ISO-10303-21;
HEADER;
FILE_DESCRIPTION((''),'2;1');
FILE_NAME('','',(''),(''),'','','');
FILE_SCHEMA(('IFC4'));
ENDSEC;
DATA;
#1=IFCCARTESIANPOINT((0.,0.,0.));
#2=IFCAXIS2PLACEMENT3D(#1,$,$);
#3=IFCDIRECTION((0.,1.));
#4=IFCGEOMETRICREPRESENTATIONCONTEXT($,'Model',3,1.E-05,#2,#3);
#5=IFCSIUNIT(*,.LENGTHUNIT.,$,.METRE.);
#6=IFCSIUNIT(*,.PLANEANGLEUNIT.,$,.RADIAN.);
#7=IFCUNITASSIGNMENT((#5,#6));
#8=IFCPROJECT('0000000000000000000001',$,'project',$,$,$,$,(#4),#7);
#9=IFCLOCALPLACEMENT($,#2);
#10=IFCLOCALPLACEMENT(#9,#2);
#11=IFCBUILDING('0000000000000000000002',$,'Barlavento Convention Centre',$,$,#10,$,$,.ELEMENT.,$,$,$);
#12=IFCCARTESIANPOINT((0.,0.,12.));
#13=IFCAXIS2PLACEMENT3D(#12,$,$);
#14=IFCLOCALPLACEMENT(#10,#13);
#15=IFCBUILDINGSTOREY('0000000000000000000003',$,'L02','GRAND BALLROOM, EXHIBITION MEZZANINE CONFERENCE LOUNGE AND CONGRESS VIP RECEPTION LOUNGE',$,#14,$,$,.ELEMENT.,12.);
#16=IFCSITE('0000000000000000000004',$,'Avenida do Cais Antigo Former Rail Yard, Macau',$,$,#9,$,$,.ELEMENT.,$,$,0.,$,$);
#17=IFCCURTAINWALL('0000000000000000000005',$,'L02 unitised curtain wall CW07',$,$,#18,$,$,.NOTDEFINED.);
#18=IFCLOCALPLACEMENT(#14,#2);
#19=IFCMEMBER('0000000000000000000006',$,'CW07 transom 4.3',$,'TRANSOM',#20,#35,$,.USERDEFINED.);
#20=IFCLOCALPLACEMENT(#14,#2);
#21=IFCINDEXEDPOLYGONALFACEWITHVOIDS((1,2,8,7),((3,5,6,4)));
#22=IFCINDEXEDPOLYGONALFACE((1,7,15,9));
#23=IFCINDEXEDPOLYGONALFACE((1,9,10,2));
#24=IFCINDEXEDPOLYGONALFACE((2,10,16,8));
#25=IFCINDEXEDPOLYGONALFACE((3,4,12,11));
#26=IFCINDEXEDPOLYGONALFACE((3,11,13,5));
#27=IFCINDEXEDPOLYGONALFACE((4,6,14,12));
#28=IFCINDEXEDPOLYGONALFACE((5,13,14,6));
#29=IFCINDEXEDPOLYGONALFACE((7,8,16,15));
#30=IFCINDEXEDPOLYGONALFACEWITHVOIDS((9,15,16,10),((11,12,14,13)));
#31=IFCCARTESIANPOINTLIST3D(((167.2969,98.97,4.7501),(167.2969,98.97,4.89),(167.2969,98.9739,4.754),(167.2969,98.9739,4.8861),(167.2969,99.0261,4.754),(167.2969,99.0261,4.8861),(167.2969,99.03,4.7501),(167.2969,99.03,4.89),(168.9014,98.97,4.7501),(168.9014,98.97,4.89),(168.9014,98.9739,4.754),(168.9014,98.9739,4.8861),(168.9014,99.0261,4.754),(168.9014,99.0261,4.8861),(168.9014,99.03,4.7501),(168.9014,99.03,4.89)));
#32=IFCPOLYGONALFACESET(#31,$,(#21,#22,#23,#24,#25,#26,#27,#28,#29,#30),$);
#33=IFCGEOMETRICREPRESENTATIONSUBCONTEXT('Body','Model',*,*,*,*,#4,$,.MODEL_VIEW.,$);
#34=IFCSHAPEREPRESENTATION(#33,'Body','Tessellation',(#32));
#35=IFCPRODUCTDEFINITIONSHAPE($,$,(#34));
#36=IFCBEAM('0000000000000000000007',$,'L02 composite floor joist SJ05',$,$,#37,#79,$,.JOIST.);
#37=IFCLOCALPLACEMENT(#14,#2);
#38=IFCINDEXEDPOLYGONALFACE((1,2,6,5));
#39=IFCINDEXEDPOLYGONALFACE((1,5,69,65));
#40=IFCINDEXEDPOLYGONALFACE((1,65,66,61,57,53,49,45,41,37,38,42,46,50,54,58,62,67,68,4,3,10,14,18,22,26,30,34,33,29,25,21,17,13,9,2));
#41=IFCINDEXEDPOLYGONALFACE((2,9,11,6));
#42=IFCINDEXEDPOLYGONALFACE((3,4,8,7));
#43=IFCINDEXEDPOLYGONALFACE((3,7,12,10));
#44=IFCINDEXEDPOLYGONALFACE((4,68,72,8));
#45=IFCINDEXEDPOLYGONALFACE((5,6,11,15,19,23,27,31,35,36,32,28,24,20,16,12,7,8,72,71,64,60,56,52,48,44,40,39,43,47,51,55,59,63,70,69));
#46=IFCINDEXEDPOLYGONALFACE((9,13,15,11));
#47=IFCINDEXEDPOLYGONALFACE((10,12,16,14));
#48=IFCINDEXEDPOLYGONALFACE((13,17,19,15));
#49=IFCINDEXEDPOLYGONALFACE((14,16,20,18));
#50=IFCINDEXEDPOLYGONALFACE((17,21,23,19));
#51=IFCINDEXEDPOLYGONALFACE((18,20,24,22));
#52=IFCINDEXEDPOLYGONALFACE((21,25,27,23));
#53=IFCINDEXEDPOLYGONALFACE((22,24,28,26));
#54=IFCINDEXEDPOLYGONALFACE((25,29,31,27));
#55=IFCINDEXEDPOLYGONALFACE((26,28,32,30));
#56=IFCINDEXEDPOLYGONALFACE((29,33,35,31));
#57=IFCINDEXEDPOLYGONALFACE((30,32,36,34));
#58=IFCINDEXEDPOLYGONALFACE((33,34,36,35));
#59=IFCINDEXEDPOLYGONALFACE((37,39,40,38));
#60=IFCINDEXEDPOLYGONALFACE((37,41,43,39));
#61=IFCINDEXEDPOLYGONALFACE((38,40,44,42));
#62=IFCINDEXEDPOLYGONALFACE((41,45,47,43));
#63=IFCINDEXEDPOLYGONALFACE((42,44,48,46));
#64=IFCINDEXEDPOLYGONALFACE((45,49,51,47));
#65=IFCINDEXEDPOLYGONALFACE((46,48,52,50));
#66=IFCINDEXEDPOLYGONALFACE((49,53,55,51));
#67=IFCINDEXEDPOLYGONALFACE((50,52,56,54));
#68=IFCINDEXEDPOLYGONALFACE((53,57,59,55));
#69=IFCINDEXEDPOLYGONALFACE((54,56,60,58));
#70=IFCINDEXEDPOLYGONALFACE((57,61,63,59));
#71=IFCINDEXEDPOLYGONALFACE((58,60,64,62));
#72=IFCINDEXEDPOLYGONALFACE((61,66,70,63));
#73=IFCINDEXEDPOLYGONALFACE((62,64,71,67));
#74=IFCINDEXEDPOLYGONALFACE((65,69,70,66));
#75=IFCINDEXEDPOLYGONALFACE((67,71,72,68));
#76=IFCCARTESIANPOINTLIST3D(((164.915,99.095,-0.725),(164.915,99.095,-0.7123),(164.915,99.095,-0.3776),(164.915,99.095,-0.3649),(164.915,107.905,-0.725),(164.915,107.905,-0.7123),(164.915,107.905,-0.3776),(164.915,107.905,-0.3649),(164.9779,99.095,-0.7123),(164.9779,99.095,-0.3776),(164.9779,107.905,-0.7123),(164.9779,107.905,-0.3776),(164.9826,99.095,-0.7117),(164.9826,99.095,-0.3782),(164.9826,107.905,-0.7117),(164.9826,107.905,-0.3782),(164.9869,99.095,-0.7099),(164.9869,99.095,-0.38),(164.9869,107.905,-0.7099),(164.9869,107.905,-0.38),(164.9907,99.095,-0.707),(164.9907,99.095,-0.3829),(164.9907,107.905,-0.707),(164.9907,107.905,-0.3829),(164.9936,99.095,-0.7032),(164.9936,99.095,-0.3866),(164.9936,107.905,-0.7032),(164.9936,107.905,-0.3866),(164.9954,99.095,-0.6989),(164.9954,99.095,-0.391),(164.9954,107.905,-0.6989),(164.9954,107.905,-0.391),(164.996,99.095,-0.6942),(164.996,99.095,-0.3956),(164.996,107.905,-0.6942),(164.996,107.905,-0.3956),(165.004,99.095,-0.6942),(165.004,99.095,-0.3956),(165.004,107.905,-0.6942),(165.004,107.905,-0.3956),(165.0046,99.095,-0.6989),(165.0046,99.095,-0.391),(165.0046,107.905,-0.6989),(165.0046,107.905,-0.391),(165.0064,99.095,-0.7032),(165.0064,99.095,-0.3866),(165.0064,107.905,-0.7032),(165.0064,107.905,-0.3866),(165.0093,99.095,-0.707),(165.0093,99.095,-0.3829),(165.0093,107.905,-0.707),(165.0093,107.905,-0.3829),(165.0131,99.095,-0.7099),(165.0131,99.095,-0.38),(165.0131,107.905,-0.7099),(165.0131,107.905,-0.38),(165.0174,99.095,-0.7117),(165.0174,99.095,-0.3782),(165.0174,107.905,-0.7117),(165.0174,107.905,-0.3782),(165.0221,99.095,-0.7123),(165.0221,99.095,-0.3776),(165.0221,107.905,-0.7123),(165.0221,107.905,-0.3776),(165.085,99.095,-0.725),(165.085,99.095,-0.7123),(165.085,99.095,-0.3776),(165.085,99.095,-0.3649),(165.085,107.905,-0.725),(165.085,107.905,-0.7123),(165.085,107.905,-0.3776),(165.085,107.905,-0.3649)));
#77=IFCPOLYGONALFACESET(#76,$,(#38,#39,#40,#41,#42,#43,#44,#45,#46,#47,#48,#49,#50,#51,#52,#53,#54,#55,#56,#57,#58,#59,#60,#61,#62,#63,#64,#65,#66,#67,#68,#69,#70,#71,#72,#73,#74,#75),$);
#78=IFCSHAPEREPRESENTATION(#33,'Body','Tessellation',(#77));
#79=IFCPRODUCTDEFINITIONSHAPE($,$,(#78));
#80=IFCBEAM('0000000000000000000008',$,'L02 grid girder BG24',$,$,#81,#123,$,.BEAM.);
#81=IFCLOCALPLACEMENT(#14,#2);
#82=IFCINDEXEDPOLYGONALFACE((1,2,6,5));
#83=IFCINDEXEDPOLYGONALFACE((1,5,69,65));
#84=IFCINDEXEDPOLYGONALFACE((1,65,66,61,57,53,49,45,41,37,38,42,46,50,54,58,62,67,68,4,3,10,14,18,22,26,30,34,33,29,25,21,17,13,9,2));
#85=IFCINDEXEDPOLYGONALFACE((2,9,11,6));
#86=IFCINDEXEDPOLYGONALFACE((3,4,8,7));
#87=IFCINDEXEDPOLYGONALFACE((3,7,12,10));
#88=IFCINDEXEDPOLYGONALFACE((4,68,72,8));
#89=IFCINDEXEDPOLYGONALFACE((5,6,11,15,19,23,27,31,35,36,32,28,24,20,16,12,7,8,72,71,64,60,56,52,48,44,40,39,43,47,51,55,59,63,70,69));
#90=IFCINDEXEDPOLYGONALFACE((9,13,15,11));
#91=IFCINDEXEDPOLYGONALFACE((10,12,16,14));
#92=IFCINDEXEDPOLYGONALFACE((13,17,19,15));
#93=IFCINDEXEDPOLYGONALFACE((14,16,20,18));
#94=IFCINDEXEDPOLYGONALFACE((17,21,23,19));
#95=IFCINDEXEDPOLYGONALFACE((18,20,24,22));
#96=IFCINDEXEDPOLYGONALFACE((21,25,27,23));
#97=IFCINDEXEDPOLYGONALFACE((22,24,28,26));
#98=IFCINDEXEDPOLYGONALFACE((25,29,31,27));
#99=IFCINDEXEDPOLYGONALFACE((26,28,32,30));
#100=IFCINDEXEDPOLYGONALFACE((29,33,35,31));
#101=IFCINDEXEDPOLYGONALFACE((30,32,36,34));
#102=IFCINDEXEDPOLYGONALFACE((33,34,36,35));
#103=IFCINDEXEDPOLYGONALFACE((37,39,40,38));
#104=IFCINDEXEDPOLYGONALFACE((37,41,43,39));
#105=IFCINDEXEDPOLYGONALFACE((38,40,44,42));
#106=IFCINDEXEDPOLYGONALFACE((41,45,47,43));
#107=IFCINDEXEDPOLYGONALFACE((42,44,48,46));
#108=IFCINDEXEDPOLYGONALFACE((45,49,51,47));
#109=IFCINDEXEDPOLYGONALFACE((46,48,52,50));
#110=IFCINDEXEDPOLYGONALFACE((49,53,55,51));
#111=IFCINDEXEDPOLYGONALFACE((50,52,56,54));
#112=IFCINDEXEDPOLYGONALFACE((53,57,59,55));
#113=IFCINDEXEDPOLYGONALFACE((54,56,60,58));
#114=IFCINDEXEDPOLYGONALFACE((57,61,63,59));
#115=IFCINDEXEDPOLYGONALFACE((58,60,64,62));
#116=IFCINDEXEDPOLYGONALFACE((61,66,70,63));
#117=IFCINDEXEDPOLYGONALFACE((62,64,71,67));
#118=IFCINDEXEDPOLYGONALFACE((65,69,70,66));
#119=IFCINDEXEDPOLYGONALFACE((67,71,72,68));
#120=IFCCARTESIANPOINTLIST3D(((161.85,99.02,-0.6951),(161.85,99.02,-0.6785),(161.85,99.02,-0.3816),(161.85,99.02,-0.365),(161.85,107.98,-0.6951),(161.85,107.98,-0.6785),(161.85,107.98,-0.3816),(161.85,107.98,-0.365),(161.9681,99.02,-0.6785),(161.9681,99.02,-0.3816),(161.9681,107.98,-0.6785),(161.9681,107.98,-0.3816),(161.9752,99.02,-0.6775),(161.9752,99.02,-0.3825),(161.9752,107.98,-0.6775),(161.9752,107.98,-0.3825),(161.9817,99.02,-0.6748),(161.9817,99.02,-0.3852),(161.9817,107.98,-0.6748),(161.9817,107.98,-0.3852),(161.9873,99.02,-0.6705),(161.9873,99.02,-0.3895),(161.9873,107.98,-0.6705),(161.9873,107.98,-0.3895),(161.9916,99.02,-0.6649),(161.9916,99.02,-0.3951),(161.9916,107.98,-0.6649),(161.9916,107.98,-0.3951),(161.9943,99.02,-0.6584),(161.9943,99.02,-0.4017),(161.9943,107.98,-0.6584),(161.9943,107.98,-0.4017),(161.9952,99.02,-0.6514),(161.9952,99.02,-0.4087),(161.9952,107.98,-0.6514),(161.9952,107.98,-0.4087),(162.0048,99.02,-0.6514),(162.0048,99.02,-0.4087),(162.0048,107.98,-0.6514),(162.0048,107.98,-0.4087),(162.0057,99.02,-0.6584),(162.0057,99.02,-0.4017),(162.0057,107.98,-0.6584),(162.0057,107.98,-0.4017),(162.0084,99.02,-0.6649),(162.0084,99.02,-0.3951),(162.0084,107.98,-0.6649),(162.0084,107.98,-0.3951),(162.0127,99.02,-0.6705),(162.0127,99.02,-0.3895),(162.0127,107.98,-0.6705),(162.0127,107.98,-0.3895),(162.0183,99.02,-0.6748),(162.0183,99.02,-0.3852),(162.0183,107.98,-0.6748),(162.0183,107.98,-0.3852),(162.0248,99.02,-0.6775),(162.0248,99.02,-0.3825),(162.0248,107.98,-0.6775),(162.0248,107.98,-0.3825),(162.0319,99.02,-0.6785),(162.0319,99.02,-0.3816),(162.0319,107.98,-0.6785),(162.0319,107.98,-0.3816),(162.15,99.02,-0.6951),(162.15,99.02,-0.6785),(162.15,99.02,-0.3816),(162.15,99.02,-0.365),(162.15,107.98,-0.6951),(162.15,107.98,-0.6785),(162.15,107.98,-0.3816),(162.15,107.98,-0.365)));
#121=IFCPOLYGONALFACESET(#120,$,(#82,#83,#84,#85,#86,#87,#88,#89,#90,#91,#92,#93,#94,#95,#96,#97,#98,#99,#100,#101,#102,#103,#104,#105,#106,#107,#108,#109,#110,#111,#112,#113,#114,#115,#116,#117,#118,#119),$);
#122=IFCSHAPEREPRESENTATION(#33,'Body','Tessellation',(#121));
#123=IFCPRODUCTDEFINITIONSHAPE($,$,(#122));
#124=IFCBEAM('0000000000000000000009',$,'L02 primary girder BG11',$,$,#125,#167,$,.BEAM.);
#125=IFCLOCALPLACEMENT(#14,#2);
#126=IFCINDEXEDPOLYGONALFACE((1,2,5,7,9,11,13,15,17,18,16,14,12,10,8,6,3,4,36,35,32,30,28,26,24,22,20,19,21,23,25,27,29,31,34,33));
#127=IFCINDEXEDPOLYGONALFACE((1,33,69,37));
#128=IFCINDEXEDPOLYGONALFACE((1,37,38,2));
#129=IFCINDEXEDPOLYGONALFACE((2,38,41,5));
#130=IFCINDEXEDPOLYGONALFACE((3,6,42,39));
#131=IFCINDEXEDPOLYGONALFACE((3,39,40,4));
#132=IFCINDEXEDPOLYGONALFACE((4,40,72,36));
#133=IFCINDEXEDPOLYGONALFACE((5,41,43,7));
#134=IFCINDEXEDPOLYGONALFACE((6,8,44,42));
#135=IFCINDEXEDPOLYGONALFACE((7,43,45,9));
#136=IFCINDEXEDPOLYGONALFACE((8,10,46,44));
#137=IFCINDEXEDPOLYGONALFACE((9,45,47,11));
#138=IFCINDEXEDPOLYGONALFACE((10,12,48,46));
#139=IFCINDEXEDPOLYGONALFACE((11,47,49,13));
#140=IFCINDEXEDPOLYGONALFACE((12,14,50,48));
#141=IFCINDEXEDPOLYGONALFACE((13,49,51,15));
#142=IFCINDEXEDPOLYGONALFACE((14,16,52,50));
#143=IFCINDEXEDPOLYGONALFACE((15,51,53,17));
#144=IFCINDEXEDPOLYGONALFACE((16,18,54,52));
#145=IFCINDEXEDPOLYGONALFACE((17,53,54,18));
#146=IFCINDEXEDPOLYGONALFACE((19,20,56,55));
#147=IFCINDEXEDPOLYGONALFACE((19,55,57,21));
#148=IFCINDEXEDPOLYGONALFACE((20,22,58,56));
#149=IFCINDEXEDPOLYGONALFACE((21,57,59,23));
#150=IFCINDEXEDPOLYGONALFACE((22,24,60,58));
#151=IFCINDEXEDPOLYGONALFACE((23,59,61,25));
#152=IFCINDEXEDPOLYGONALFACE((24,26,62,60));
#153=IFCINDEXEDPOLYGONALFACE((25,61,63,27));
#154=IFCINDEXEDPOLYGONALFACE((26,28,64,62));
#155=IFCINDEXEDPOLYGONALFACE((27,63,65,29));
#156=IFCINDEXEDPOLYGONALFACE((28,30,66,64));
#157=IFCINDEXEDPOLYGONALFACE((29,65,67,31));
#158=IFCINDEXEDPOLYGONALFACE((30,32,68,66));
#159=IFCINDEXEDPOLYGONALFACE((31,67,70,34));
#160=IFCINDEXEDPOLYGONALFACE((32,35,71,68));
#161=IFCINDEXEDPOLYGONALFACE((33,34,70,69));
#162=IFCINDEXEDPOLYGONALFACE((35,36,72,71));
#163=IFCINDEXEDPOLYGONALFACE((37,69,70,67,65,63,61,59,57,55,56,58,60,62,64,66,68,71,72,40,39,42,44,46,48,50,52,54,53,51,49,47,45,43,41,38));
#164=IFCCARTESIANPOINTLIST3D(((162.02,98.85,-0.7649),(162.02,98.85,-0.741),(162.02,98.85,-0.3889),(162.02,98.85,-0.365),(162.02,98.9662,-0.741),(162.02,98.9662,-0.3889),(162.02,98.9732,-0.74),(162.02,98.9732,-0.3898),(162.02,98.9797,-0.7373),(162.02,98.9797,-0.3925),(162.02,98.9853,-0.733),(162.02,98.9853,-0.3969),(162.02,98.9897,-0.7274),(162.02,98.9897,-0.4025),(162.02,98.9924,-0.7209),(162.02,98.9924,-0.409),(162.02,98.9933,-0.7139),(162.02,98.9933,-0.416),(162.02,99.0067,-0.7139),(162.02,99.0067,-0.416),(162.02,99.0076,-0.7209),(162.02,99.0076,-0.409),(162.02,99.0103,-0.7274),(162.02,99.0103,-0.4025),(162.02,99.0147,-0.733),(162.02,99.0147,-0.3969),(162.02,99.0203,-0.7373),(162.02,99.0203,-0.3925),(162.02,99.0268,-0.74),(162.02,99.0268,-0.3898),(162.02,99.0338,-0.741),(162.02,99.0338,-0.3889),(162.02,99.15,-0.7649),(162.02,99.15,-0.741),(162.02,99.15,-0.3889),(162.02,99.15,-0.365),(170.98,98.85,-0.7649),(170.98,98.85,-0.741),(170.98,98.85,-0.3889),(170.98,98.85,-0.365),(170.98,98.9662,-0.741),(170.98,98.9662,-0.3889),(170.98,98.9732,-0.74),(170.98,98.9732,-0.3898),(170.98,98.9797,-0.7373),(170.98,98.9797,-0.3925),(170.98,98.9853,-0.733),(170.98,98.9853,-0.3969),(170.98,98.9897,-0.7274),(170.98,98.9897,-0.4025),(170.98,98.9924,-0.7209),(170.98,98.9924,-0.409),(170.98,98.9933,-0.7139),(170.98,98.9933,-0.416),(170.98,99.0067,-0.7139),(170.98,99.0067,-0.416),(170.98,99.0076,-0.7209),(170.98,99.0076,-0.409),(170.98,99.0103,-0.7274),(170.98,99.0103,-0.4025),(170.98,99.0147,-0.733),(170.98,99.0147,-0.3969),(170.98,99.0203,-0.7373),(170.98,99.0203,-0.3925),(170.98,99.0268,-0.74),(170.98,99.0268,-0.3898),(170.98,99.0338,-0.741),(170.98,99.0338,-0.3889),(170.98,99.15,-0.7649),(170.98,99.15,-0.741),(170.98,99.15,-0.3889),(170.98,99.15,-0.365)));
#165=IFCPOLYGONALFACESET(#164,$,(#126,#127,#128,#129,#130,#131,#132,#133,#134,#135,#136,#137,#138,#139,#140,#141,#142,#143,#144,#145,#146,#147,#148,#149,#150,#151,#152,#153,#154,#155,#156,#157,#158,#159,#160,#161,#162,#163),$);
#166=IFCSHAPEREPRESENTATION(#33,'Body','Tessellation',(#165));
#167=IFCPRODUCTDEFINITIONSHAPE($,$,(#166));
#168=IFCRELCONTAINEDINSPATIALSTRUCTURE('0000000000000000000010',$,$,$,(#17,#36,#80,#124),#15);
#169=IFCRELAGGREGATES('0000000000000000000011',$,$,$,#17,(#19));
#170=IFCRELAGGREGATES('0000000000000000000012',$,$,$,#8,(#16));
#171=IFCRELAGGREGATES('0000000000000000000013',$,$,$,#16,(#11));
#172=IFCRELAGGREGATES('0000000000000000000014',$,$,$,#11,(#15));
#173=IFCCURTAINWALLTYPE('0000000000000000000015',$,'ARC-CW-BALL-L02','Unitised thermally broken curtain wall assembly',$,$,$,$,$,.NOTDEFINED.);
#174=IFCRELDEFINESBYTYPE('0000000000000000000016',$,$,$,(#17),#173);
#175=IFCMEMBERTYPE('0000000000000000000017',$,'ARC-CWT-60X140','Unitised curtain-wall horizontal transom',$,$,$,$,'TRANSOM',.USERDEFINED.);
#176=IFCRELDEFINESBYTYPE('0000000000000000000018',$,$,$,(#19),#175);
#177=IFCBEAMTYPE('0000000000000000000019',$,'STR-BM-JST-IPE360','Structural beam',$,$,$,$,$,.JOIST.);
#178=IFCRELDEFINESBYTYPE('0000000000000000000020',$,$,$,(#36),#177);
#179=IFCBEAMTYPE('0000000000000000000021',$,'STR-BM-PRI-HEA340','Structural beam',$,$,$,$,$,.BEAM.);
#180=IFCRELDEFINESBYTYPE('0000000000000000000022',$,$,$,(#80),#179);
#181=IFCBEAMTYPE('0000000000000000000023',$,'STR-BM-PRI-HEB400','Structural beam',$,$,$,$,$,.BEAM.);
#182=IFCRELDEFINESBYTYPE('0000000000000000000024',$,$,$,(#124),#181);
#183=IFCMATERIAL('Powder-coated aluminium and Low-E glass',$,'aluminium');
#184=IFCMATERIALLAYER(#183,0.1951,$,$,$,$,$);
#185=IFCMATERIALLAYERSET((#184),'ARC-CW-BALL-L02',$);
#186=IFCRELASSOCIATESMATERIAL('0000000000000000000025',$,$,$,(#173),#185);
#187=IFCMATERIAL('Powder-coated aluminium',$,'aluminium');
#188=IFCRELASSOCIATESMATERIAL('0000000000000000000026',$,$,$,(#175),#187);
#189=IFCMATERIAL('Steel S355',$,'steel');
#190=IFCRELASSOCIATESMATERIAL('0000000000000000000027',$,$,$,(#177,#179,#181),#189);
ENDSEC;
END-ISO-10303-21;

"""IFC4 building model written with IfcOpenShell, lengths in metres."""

from ifc_helpers import new_model, si_unit, direction, frame, origin, origin_2d, place, context, subcontext, project, spatial, hollow_rectangle, i_section, extrude, material, layer, layer_set, material_profile, profile_set, type_object, element, aggregate, save


model = new_model("IFC4")

# Units and contexts
model_context = context("Model", 3, precision=1e-05, world=origin(), true_north=direction((0.0, 1.0)))
body_context = subcontext(model_context, "Body", "Model", "MODEL_VIEW")
ifc_project = project(units=[si_unit("LENGTHUNIT", "METRE"), si_unit("PLANEANGLEUNIT", "RADIAN")], contexts=[model_context])

# Site, building, storey
site_placement = place(None, origin())
site = spatial("IfcSite", under=ifc_project, at=site_placement, Name="Avenida do Cais Antigo Former Rail Yard, Macau", CompositionType="ELEMENT", RefElevation=0.0)
building_placement = place(site_placement, origin())
building = spatial("IfcBuilding", under=site, at=building_placement, Name="Barlavento Convention Centre", CompositionType="ELEMENT")
storey_placement = place(building_placement, frame((0.0, 0.0, 12.0)))
storey = spatial("IfcBuildingStorey", under=building, at=storey_placement, Name="L02", Description="GRAND BALLROOM, EXHIBITION MEZZANINE CONFERENCE LOUNGE AND CONGRESS VIP RECEPTION LOUNGE", CompositionType="ELEMENT", Elevation=12.0)

# Shared definitions
ifc_material_1 = material(Name="Steel S355", Category="steel")

# Shared definitions
ifc_material_2 = material(Name="Powder-coated aluminium and Low-E glass", Category="aluminium")
ifc_layer_1 = layer(ifc_material_2, 0.1951)
ifc_layer_set_1 = layer_set([ifc_layer_1], Name="ARC-CW-BALL-L02")
curtain_wall_type = type_object("IfcCurtainWallType", Name="ARC-CW-BALL-L02", Description="Unitised thermally broken curtain wall assembly", PredefinedType="NOTDEFINED", material=ifc_layer_set_1)
ifc_material_3 = material(Name="Powder-coated aluminium", Category="aluminium")

# Curtain wall
curtain_wall_1_placement = place(storey_placement, origin())
curtain_wall_1 = element("IfcCurtainWall", 1, at=curtain_wall_1_placement, inside=storey, type_object=curtain_wall_type, Name="L02 unitised curtain wall CW07", PredefinedType="NOTDEFINED")

# Member
ifc_material_profile_1 = material_profile(ifc_material_3, hollow_rectangle(XDim=0.0601, YDim=0.1399, WallThickness=0.0039, at=origin_2d()), Name="AL-TRAN 60x140x4")
ifc_profile_set_1 = profile_set([ifc_material_profile_1], Name="Powder-coated aluminium")
member_type_1 = type_object("IfcMemberType", Name="ARC-CWT-60X140", Description="Unitised curtain-wall horizontal transom", ElementType="TRANSOM", PredefinedType="USERDEFINED", material=ifc_profile_set_1)
member_1_placement = place(storey_placement, frame((167.2969, 99.0, 4.8201), z_axis=(1.0, 0.0, 0.0), x_axis=(0.0, 1.0, 0.0)))
member_1 = element("IfcMember", 2, at=member_1_placement, type_object=member_type_1, Name="CW07 transom 4.3", ObjectType="TRANSOM", PredefinedType="USERDEFINED", context=body_context, shape_type="SweptSolid", body=[
    extrude(hollow_rectangle(XDim=0.0601, YDim=0.1399, WallThickness=0.0039, at=origin_2d()), origin(), (0.0, 0.0, 1.0), 1.6045),
])

# Beams
ifc_material_profile_2 = material_profile(ifc_material_1, i_section(OverallWidth=0.1699, OverallDepth=0.3601, WebThickness=0.0081, FlangeThickness=0.0127, FilletRadius=0.0181, at=origin_2d()), Name="IPE 360")
ifc_profile_set_2 = profile_set([ifc_material_profile_2], Name="Steel S355")
beam_type_1 = type_object("IfcBeamType", Name="STR-BM-JST-IPE360", Description="Structural beam", PredefinedType="JOIST", material=ifc_profile_set_2)
beam_1_placement = place(storey_placement, frame((165.0, 99.095, -0.5449), z_axis=(0.0, 1.0, 0.0), x_axis=(-1.0, 0.0, 0.0)))
element("IfcBeam", 3, at=beam_1_placement, inside=storey, type_object=beam_type_1, Name="L02 composite floor joist SJ05", PredefinedType="JOIST", context=body_context, shape_type="SweptSolid", body=[
    extrude(i_section(OverallWidth=0.1699, OverallDepth=0.3601, WebThickness=0.0081, FlangeThickness=0.0127, FilletRadius=0.0181, at=origin_2d()), origin(), (0.0, 0.0, 1.0), 8.8101),
])
ifc_material_profile_3 = material_profile(ifc_material_1, i_section(OverallWidth=0.3, OverallDepth=0.3301, WebThickness=0.0095, FlangeThickness=0.0166, FilletRadius=0.0271, at=origin_2d()), Name="HEA 340")
ifc_profile_set_3 = profile_set([ifc_material_profile_3], Name="Steel S355")
beam_type_2 = type_object("IfcBeamType", Name="STR-BM-PRI-HEA340", Description="Structural beam", PredefinedType="BEAM", material=ifc_profile_set_3)
beam_2_placement = place(storey_placement, frame((162.0, 99.02, -0.53), z_axis=(0.0, 1.0, 0.0), x_axis=(-1.0, 0.0, 0.0)))
element("IfcBeam", 4, at=beam_2_placement, inside=storey, type_object=beam_type_2, Name="L02 grid girder BG24", PredefinedType="BEAM", context=body_context, shape_type="SweptSolid", body=[
    extrude(i_section(OverallWidth=0.3, OverallDepth=0.3301, WebThickness=0.0095, FlangeThickness=0.0166, FilletRadius=0.0271, at=origin_2d()), origin(), (0.0, 0.0, 1.0), 8.96),
])
ifc_material_profile_4 = material_profile(ifc_material_1, i_section(OverallWidth=0.3, OverallDepth=0.3999, WebThickness=0.0134, FlangeThickness=0.0239, FilletRadius=0.0271, at=origin_2d()), Name="HEB 400")
ifc_profile_set_4 = profile_set([ifc_material_profile_4], Name="Steel S355")
beam_type_3 = type_object("IfcBeamType", Name="STR-BM-PRI-HEB400", Description="Structural beam", PredefinedType="BEAM", material=ifc_profile_set_4)
beam_3_placement = place(storey_placement, frame((162.02, 99.0, -0.5649), z_axis=(1.0, 0.0, 0.0), x_axis=(0.0, 1.0, 0.0)))
element("IfcBeam", 5, at=beam_3_placement, inside=storey, type_object=beam_type_3, Name="L02 primary girder BG11", PredefinedType="BEAM", context=body_context, shape_type="SweptSolid", body=[
    extrude(i_section(OverallWidth=0.3, OverallDepth=0.3999, WebThickness=0.0134, FlangeThickness=0.0239, FilletRadius=0.0271, at=origin_2d()), origin(), (0.0, 0.0, 1.0), 8.96),
])

aggregate(curtain_wall_1, [member_1])

save(model, "model.ifc")
